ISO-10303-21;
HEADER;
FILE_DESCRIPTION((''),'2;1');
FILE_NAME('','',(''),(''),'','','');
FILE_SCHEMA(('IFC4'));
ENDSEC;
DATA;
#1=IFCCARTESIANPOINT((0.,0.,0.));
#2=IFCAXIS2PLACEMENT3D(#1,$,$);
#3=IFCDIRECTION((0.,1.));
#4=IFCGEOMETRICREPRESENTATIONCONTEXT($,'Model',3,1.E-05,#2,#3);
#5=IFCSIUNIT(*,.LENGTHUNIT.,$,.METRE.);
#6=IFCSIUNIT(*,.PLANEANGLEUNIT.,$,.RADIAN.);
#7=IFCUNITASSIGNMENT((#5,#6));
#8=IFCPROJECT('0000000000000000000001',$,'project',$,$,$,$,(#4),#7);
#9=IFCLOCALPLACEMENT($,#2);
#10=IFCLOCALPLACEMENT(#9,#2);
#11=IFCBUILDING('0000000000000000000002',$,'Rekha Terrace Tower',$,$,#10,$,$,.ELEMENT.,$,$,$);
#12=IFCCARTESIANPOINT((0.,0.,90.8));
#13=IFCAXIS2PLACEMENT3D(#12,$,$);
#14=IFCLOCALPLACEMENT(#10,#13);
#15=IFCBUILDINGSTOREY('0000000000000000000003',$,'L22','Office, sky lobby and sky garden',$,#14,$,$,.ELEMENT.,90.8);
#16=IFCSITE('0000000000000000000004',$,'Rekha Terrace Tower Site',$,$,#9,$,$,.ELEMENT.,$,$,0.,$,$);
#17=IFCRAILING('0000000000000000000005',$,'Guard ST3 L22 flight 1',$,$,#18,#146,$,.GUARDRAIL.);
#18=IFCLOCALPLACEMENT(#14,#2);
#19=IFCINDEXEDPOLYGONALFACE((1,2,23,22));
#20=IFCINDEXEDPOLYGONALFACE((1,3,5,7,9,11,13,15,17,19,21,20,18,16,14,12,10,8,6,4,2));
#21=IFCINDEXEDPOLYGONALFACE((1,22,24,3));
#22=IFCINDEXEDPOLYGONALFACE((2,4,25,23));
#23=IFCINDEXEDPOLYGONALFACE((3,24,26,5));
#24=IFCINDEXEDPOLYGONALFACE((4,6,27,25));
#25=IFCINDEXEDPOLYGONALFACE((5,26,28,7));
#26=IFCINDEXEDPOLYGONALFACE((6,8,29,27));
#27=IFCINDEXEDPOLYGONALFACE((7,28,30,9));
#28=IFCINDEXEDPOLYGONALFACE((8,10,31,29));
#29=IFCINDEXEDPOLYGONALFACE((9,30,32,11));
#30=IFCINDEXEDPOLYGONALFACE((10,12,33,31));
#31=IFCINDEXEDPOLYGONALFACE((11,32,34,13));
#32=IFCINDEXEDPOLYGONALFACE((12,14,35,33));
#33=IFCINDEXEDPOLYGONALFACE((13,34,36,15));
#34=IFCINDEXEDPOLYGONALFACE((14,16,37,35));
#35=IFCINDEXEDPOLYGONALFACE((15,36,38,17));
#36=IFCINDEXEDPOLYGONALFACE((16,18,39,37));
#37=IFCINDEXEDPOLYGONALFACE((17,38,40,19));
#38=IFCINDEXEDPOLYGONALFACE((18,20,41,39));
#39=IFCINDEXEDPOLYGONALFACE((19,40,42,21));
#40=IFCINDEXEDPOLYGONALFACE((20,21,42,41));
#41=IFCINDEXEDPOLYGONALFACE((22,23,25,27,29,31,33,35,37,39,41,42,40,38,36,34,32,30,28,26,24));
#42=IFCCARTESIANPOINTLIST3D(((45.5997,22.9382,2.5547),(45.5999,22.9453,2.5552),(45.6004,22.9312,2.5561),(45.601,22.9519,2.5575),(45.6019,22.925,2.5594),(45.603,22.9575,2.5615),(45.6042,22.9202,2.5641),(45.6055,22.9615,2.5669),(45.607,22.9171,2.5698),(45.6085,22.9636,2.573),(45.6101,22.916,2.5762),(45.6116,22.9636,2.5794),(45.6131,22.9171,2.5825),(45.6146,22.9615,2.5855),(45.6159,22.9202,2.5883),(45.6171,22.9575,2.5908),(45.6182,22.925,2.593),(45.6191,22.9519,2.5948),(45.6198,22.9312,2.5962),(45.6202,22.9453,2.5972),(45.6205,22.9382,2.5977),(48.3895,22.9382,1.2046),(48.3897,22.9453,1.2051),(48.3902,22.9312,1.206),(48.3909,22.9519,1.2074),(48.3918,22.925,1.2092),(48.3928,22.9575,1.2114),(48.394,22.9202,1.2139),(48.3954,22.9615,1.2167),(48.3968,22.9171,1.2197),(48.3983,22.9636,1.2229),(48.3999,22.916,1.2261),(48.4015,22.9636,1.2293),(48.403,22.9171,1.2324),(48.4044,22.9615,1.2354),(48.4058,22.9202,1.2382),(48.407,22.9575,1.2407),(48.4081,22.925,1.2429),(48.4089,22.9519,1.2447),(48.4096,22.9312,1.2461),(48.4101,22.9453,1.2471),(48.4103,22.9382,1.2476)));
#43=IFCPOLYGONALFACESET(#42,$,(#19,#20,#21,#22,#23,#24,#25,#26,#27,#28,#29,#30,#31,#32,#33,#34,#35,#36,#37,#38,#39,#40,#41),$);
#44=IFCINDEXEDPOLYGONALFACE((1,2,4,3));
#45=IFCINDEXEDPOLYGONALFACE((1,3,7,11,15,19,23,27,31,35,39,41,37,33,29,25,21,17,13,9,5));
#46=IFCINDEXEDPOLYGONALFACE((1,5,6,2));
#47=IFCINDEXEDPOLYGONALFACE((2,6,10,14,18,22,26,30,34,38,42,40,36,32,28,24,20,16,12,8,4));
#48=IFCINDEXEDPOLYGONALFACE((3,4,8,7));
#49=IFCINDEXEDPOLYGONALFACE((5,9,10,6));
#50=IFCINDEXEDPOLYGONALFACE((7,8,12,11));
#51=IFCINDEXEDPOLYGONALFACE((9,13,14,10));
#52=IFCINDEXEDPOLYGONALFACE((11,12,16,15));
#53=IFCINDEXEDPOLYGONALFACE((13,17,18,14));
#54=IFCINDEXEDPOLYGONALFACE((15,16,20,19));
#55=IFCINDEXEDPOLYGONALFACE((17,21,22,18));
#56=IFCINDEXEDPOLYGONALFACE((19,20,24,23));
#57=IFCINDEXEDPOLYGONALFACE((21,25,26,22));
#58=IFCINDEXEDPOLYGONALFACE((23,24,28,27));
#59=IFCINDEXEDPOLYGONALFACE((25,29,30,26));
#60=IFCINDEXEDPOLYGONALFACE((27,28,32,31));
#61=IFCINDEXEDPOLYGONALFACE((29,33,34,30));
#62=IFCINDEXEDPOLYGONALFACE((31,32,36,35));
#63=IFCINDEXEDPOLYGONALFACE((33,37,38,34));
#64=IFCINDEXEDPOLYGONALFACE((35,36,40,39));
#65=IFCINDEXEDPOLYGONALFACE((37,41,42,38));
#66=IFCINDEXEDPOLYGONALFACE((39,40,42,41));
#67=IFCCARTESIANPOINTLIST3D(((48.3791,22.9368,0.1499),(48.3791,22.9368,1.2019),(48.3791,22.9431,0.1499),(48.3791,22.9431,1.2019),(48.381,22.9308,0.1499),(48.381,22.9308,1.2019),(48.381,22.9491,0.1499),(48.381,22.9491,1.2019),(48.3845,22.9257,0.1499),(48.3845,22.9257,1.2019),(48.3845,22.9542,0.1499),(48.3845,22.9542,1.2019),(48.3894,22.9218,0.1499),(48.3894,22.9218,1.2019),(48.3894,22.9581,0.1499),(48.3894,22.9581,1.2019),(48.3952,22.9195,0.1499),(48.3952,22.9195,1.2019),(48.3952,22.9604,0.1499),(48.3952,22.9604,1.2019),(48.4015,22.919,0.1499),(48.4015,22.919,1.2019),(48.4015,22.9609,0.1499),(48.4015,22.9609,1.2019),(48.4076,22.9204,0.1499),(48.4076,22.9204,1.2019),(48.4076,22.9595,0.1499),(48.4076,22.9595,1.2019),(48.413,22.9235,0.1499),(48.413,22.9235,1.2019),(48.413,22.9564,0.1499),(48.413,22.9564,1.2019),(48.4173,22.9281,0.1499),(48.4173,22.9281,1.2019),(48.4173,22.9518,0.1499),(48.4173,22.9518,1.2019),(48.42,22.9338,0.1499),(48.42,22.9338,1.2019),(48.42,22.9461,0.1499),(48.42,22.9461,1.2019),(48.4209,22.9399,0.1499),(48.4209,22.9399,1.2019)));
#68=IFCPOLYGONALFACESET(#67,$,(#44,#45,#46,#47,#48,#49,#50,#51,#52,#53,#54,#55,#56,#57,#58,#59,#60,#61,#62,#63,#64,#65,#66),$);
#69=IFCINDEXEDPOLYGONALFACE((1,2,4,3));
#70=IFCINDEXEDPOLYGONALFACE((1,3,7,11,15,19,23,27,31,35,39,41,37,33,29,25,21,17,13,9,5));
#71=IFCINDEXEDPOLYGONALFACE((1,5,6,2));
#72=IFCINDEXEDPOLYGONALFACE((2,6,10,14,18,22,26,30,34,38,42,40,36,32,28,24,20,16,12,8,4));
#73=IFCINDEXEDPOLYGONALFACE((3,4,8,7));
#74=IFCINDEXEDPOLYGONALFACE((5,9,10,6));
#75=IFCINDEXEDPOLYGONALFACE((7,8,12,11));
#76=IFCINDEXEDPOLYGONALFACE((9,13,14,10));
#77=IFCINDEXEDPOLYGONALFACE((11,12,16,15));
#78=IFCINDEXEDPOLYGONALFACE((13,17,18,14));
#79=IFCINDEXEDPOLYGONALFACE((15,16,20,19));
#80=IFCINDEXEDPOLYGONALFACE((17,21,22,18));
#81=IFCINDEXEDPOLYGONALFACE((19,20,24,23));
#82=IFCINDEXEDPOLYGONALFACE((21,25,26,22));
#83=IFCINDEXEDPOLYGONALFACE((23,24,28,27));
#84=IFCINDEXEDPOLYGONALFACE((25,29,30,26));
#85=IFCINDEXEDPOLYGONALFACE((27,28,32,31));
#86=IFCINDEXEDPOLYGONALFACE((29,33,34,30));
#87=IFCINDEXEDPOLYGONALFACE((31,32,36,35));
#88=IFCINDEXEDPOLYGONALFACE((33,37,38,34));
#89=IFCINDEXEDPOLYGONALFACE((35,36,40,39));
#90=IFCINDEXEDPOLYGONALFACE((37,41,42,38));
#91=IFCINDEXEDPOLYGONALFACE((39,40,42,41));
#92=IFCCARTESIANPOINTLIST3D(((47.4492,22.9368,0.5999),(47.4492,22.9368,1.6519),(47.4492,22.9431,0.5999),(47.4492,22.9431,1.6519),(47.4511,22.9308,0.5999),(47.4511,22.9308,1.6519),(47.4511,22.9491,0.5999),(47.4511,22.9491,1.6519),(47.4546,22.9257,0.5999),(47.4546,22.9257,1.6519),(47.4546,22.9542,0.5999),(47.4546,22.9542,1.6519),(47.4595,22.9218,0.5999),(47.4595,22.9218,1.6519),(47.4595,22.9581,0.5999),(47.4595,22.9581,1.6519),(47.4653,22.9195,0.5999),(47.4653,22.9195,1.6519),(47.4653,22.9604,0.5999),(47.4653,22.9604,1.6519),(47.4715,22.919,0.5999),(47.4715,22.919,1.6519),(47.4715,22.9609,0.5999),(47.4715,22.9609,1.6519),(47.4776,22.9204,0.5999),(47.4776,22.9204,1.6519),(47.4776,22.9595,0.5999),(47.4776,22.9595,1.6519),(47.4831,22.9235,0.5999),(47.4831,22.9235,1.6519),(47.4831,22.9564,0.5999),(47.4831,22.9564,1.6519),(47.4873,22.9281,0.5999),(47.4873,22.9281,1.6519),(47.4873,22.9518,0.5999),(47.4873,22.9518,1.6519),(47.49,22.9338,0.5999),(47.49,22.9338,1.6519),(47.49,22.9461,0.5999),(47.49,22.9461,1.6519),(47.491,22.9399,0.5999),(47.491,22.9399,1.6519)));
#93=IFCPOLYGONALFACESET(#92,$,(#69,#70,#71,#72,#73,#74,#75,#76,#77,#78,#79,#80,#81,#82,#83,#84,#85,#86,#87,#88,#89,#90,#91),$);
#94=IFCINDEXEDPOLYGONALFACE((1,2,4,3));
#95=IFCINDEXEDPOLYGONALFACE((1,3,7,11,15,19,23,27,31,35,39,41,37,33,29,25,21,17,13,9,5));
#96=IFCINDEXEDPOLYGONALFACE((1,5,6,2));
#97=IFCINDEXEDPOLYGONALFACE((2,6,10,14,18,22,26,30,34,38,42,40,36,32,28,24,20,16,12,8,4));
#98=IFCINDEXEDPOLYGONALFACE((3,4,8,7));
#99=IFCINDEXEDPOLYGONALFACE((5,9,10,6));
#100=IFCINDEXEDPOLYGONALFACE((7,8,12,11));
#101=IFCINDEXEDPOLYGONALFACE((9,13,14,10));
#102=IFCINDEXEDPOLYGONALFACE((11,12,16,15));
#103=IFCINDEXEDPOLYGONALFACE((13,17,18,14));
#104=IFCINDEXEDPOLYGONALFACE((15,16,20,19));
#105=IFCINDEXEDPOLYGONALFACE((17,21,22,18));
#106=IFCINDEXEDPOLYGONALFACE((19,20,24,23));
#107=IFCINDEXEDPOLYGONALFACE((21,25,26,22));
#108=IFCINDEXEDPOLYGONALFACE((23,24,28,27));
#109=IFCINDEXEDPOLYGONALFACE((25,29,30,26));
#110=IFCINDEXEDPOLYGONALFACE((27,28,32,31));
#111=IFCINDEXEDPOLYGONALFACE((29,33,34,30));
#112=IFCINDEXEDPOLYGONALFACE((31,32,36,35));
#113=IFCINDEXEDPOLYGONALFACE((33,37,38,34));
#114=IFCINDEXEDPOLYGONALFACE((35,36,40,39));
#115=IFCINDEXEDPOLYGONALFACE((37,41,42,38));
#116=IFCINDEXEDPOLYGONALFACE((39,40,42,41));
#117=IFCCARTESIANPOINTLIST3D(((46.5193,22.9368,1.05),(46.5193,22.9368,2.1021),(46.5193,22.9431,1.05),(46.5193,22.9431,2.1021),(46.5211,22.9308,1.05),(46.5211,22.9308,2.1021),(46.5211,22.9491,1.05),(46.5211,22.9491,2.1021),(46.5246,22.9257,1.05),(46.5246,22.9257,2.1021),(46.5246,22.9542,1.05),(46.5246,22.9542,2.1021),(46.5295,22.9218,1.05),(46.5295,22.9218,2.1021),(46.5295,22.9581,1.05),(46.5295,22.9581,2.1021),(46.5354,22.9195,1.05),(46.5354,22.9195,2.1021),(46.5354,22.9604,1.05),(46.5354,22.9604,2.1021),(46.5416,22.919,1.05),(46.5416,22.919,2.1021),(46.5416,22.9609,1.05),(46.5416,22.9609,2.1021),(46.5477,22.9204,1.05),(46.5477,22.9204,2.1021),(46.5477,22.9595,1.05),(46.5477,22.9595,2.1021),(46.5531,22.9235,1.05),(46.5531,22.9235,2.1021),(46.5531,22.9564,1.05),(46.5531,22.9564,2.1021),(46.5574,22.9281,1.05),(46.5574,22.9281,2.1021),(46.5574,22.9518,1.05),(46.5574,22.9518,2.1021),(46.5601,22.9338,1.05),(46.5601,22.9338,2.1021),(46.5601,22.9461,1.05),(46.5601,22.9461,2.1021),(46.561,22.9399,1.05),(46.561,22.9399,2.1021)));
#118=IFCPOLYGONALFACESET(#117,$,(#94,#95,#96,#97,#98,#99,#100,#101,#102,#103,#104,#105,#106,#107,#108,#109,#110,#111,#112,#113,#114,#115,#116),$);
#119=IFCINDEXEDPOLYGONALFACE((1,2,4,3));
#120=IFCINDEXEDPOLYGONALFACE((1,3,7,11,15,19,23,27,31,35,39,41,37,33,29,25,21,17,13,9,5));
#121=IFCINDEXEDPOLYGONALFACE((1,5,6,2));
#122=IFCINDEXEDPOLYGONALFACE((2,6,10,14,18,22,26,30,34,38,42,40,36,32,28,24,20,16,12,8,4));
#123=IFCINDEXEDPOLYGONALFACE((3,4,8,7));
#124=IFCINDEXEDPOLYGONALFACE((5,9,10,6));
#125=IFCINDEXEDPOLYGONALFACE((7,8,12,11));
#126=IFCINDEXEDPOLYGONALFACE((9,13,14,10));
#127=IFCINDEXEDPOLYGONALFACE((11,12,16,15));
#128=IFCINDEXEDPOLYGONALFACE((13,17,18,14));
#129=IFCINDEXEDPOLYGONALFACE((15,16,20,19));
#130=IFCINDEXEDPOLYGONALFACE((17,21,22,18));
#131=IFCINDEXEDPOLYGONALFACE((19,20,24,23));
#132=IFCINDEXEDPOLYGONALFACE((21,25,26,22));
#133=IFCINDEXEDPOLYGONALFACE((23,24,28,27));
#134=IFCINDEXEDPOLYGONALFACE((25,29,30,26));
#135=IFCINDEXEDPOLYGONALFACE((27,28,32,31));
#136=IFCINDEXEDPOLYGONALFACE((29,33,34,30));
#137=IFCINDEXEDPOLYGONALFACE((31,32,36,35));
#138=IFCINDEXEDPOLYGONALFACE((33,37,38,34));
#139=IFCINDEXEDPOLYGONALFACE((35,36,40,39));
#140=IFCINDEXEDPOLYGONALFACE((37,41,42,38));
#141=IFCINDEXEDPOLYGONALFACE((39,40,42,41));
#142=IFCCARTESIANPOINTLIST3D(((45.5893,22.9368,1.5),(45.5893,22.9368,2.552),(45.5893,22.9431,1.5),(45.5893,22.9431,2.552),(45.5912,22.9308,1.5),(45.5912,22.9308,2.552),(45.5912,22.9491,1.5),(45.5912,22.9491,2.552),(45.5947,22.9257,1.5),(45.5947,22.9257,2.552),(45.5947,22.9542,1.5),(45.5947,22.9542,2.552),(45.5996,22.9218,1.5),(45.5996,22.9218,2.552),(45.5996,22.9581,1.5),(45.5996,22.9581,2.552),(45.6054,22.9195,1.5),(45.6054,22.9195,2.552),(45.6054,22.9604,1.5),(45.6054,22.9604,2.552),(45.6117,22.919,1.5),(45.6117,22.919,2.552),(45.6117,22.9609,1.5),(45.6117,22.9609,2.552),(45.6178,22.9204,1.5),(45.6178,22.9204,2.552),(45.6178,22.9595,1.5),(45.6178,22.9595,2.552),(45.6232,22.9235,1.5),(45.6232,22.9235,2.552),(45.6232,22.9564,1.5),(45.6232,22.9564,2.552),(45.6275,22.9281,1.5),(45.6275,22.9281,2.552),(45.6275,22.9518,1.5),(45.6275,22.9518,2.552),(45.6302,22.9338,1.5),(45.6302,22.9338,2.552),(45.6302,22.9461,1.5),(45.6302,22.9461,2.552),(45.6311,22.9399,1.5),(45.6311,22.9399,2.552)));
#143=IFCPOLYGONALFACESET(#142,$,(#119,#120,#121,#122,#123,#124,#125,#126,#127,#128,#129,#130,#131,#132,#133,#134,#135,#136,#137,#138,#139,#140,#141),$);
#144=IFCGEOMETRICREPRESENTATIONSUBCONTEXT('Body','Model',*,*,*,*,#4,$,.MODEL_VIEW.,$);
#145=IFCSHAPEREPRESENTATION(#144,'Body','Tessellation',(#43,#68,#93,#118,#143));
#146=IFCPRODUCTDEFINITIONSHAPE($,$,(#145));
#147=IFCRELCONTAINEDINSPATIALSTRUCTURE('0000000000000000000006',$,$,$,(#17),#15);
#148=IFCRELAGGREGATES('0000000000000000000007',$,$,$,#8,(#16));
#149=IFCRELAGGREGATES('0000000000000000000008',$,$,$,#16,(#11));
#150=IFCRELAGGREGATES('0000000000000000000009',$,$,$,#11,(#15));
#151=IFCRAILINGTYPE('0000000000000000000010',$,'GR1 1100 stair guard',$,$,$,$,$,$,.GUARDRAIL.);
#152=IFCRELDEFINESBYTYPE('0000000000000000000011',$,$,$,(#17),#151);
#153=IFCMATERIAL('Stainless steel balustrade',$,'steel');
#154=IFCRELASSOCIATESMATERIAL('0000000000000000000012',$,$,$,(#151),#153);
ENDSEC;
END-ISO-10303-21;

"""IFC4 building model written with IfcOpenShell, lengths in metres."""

from ifc_helpers import new_model, si_unit, direction, frame, origin, origin_2d, place, context, subcontext, project, spatial, circle, extrude, material, type_object, element, save


model = new_model("IFC4")

# Units and contexts
model_context = context("Model", 3, precision=1e-05, world=origin(), true_north=direction((0.0, 1.0)))
body_context = subcontext(model_context, "Body", "Model", "MODEL_VIEW")
ifc_project = project(units=[si_unit("LENGTHUNIT", "METRE"), si_unit("PLANEANGLEUNIT", "RADIAN")], contexts=[model_context])

# Site, building, storey
site_placement = place(None, origin())
site = spatial("IfcSite", under=ifc_project, at=site_placement, Name="Rekha Terrace Tower Site", CompositionType="ELEMENT", RefElevation=0.0)
building_placement = place(site_placement, origin())
building = spatial("IfcBuilding", under=site, at=building_placement, Name="Rekha Terrace Tower", CompositionType="ELEMENT")
storey_placement = place(building_placement, frame((0.0, 0.0, 90.8)))
storey = spatial("IfcBuildingStorey", under=building, at=storey_placement, Name="L22", Description="Office, sky lobby and sky garden", CompositionType="ELEMENT", Elevation=90.8)

# Railing
ifc_material_1 = material(Name="Stainless steel balustrade", Category="steel")
railing_type = type_object("IfcRailingType", Name="GR1 1100 stair guard", PredefinedType="GUARDRAIL", material=ifc_material_1)
railing_1_placement = place(storey_placement, frame((48.3999, 22.9399, 0.1499)))
element("IfcRailing", 1, at=railing_1_placement, inside=storey, type_object=railing_type, Name="Guard ST3 L22 flight 1", PredefinedType="GUARDRAIL", context=body_context, shape_type="SweptSolid", body=[
    extrude(circle(Radius=0.0239, at=origin_2d()), frame((0.0, 0.0, 1.0762), z_axis=(-0.900134, 0.0, 0.435612), x_axis=(0.0, -1.0, 0.0)), (0.0, 0.0, 1.0), 3.0994),
    extrude(circle(Radius=0.021, at=origin_2d()), origin(), (0.0, 0.0, 1.0), 1.052),
    extrude(circle(Radius=0.021, at=origin_2d()), frame((-0.9299, 0.0, 0.45)), (0.0, 0.0, 1.0), 1.052),
    extrude(circle(Radius=0.021, at=origin_2d()), frame((-1.8599, 0.0, 0.9001)), (0.0, 0.0, 1.0), 1.052),
    extrude(circle(Radius=0.021, at=origin_2d()), frame((-2.7898, 0.0, 1.3501)), (0.0, 0.0, 1.0), 1.052),
])

save(model, "model.ifc")
